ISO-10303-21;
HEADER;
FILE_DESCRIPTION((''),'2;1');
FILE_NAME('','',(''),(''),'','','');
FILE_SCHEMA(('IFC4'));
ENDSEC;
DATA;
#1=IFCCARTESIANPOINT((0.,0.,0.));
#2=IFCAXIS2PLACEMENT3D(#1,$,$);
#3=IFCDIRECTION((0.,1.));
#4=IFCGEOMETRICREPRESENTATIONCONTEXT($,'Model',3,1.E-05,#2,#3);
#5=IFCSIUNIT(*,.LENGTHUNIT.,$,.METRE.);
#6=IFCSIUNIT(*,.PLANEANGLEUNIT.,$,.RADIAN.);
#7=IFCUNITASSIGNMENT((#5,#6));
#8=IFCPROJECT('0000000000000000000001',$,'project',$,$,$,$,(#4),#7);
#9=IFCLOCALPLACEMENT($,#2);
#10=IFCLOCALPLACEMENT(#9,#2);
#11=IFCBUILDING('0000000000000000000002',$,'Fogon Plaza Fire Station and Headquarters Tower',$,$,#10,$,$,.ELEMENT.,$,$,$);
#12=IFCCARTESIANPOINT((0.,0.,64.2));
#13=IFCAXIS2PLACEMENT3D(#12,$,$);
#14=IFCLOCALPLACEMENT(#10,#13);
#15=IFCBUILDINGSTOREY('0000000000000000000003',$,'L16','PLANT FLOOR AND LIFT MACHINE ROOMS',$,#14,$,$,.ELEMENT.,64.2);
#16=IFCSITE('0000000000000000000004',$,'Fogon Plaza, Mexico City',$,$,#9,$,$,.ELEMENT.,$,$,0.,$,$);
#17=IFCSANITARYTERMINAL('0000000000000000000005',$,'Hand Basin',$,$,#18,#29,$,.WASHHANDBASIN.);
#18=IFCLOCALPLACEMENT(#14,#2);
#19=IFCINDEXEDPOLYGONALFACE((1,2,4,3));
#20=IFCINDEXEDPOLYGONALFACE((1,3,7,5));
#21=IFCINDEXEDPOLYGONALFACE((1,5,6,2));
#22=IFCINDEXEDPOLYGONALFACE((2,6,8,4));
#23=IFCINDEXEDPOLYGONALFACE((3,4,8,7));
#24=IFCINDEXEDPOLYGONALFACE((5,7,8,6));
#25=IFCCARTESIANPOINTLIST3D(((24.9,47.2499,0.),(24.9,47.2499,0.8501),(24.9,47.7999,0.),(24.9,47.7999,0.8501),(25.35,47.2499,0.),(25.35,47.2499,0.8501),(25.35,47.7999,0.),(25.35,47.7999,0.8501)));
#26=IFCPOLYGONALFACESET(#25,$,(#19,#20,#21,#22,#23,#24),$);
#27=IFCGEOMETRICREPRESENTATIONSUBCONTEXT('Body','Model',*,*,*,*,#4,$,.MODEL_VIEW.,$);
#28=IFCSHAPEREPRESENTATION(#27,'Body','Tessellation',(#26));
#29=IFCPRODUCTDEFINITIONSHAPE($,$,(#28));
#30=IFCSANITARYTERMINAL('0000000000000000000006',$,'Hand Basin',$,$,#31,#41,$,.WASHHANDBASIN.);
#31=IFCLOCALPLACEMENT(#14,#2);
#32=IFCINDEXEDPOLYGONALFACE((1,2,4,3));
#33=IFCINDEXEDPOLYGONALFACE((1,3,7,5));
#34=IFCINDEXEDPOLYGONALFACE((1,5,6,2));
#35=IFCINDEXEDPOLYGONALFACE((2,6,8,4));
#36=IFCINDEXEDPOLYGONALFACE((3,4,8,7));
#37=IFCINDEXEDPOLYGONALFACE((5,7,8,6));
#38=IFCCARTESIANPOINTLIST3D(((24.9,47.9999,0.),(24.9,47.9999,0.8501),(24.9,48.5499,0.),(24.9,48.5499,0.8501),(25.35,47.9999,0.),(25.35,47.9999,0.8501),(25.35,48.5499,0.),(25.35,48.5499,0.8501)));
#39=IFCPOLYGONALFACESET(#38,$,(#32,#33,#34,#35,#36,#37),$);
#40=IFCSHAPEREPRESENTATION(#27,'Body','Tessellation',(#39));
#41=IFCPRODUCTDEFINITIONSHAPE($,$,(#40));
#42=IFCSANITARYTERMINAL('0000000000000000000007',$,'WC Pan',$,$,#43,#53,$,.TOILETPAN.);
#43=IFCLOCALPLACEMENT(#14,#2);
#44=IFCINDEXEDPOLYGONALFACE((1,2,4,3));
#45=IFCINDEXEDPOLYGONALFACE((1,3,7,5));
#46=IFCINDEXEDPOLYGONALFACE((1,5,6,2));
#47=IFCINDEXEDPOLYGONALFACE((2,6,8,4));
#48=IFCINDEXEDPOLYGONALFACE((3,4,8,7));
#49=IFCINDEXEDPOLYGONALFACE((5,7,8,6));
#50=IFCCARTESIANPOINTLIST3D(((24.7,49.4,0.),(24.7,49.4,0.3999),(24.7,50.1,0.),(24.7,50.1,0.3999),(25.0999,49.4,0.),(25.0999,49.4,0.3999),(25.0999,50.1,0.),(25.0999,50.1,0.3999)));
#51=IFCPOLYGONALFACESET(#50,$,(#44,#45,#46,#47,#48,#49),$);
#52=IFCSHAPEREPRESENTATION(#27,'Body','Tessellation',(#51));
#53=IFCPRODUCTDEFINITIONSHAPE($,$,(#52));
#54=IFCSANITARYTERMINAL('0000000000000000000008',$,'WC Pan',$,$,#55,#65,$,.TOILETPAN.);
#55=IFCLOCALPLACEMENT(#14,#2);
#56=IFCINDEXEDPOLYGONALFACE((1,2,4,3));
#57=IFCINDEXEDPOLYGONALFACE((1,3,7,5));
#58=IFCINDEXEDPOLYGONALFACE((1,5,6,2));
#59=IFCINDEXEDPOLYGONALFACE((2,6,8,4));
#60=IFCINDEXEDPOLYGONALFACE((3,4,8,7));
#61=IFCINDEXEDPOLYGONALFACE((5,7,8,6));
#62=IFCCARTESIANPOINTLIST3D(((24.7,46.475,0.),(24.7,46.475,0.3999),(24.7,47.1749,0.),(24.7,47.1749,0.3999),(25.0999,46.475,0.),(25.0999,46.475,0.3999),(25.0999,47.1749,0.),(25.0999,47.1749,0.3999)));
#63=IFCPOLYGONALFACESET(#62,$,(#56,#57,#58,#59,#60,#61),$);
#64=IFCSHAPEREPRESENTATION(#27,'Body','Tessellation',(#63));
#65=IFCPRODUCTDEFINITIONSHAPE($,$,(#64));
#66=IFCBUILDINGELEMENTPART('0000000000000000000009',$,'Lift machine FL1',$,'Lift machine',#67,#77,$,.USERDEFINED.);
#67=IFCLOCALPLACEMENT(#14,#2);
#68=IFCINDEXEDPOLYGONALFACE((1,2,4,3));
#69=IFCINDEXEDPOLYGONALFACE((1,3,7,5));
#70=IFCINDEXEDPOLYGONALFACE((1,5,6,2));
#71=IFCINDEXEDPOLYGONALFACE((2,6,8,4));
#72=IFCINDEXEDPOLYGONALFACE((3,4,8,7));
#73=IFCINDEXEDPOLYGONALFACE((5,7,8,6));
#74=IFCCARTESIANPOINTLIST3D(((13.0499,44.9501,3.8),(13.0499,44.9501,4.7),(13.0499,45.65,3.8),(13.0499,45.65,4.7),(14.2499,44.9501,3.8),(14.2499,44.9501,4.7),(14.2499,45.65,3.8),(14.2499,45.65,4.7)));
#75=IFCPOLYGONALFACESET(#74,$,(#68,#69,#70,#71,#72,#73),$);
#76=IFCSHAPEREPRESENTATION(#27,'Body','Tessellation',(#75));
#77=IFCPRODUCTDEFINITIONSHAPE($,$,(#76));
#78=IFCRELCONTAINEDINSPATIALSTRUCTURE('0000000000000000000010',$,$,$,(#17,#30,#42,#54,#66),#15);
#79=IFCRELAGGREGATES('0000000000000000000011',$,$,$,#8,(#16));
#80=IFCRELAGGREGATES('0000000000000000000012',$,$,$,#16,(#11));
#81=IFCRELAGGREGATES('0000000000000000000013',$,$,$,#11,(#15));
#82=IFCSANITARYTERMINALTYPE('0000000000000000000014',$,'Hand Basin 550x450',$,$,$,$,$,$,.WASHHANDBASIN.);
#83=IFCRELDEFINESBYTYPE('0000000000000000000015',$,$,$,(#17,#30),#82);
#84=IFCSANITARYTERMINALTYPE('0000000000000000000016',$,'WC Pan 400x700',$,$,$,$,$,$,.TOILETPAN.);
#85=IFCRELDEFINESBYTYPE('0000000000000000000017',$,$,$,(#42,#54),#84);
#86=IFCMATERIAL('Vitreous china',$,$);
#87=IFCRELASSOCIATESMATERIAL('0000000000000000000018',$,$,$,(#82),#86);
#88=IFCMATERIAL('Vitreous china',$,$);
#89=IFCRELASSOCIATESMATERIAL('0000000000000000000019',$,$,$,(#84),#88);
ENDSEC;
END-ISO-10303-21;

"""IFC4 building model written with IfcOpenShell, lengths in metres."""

from ifc_helpers import new_model, si_unit, direction, frame, origin, origin_2d, place, context, subcontext, project, spatial, rectangle, extrude, material, type_object, element, save


model = new_model("IFC4")

# Units and contexts
model_context = context("Model", 3, precision=1e-05, world=origin(), true_north=direction((0.0, 1.0)))
body_context = subcontext(model_context, "Body", "Model", "MODEL_VIEW")
ifc_project = project(units=[si_unit("LENGTHUNIT", "METRE"), si_unit("PLANEANGLEUNIT", "RADIAN")], contexts=[model_context])

# Site, building, storey
site_placement = place(None, origin())
site = spatial("IfcSite", under=ifc_project, at=site_placement, Name="Fogon Plaza, Mexico City", CompositionType="ELEMENT", RefElevation=0.0)
building_placement = place(site_placement, origin())
building = spatial("IfcBuilding", under=site, at=building_placement, Name="Fogon Plaza Fire Station and Headquarters Tower", CompositionType="ELEMENT")
storey_placement = place(building_placement, frame((0.0, 0.0, 64.2)))
storey = spatial("IfcBuildingStorey", under=building, at=storey_placement, Name="L16", Description="PLANT FLOOR AND LIFT MACHINE ROOMS", CompositionType="ELEMENT", Elevation=64.2)

# Sanitary terminals
ifc_material_1 = material(Name="Vitreous china")
sanitary_terminal_type_1 = type_object("IfcSanitaryTerminalType", Name="Hand Basin 550x450", PredefinedType="WASHHANDBASIN", material=ifc_material_1)
for number, where, z_axis, x_axis, name in (
    (1, (25.125, 47.5249, 0.0), (0.0, 0.0, 1.0), (1.0, 0.0, 0.0), "Hand Basin"),
    (2, (25.125, 48.2749, 0.0), (0.0, 0.0, 1.0), (1.0, 0.0, 0.0), "Hand Basin"),
):
    element("IfcSanitaryTerminal", number, at=place(storey_placement, frame(where, z_axis=z_axis, x_axis=x_axis)), inside=storey, type_object=sanitary_terminal_type_1, Name=name, PredefinedType="WASHHANDBASIN", context=body_context, shape_type="SweptSolid", body=[
        extrude(rectangle(XDim=0.45, YDim=0.55, at=origin_2d()), origin(), (0.0, 0.0, 1.0), 0.8501),
    ])
ifc_material_2 = material(Name="Vitreous china")
sanitary_terminal_type_2 = type_object("IfcSanitaryTerminalType", Name="WC Pan 400x700", PredefinedType="TOILETPAN", material=ifc_material_2)
for number, where, z_axis, x_axis, name in (
    (3, (24.8999, 49.75, 0.0), (0.0, 0.0, 1.0), (1.0, 0.0, 0.0), "WC Pan"),
    (4, (24.8999, 46.825, 0.0), (0.0, 0.0, 1.0), (1.0, 0.0, 0.0), "WC Pan"),
):
    element("IfcSanitaryTerminal", number, at=place(storey_placement, frame(where, z_axis=z_axis, x_axis=x_axis)), inside=storey, type_object=sanitary_terminal_type_2, Name=name, PredefinedType="TOILETPAN", context=body_context, shape_type="SweptSolid", body=[
        extrude(rectangle(XDim=0.3999, YDim=0.7, at=origin_2d()), origin(), (0.0, 0.0, 1.0), 0.3999),
    ])

# Building element part
building_element_part_placement = place(storey_placement, frame((13.6499, 45.3, 3.8), z_axis=(0.0, 0.0, 1.0), x_axis=(1.0, 0.0, 0.0)))
element("IfcBuildingElementPart", 5, at=building_element_part_placement, inside=storey, Name="Lift machine FL1", ObjectType="Lift machine", PredefinedType="USERDEFINED", context=body_context, shape_type="SweptSolid", body=[
    extrude(rectangle(XDim=1.2, YDim=0.7, at=origin_2d()), origin(), (0.0, 0.0, 1.0), 0.8999),
])

save(model, "model.ifc")
